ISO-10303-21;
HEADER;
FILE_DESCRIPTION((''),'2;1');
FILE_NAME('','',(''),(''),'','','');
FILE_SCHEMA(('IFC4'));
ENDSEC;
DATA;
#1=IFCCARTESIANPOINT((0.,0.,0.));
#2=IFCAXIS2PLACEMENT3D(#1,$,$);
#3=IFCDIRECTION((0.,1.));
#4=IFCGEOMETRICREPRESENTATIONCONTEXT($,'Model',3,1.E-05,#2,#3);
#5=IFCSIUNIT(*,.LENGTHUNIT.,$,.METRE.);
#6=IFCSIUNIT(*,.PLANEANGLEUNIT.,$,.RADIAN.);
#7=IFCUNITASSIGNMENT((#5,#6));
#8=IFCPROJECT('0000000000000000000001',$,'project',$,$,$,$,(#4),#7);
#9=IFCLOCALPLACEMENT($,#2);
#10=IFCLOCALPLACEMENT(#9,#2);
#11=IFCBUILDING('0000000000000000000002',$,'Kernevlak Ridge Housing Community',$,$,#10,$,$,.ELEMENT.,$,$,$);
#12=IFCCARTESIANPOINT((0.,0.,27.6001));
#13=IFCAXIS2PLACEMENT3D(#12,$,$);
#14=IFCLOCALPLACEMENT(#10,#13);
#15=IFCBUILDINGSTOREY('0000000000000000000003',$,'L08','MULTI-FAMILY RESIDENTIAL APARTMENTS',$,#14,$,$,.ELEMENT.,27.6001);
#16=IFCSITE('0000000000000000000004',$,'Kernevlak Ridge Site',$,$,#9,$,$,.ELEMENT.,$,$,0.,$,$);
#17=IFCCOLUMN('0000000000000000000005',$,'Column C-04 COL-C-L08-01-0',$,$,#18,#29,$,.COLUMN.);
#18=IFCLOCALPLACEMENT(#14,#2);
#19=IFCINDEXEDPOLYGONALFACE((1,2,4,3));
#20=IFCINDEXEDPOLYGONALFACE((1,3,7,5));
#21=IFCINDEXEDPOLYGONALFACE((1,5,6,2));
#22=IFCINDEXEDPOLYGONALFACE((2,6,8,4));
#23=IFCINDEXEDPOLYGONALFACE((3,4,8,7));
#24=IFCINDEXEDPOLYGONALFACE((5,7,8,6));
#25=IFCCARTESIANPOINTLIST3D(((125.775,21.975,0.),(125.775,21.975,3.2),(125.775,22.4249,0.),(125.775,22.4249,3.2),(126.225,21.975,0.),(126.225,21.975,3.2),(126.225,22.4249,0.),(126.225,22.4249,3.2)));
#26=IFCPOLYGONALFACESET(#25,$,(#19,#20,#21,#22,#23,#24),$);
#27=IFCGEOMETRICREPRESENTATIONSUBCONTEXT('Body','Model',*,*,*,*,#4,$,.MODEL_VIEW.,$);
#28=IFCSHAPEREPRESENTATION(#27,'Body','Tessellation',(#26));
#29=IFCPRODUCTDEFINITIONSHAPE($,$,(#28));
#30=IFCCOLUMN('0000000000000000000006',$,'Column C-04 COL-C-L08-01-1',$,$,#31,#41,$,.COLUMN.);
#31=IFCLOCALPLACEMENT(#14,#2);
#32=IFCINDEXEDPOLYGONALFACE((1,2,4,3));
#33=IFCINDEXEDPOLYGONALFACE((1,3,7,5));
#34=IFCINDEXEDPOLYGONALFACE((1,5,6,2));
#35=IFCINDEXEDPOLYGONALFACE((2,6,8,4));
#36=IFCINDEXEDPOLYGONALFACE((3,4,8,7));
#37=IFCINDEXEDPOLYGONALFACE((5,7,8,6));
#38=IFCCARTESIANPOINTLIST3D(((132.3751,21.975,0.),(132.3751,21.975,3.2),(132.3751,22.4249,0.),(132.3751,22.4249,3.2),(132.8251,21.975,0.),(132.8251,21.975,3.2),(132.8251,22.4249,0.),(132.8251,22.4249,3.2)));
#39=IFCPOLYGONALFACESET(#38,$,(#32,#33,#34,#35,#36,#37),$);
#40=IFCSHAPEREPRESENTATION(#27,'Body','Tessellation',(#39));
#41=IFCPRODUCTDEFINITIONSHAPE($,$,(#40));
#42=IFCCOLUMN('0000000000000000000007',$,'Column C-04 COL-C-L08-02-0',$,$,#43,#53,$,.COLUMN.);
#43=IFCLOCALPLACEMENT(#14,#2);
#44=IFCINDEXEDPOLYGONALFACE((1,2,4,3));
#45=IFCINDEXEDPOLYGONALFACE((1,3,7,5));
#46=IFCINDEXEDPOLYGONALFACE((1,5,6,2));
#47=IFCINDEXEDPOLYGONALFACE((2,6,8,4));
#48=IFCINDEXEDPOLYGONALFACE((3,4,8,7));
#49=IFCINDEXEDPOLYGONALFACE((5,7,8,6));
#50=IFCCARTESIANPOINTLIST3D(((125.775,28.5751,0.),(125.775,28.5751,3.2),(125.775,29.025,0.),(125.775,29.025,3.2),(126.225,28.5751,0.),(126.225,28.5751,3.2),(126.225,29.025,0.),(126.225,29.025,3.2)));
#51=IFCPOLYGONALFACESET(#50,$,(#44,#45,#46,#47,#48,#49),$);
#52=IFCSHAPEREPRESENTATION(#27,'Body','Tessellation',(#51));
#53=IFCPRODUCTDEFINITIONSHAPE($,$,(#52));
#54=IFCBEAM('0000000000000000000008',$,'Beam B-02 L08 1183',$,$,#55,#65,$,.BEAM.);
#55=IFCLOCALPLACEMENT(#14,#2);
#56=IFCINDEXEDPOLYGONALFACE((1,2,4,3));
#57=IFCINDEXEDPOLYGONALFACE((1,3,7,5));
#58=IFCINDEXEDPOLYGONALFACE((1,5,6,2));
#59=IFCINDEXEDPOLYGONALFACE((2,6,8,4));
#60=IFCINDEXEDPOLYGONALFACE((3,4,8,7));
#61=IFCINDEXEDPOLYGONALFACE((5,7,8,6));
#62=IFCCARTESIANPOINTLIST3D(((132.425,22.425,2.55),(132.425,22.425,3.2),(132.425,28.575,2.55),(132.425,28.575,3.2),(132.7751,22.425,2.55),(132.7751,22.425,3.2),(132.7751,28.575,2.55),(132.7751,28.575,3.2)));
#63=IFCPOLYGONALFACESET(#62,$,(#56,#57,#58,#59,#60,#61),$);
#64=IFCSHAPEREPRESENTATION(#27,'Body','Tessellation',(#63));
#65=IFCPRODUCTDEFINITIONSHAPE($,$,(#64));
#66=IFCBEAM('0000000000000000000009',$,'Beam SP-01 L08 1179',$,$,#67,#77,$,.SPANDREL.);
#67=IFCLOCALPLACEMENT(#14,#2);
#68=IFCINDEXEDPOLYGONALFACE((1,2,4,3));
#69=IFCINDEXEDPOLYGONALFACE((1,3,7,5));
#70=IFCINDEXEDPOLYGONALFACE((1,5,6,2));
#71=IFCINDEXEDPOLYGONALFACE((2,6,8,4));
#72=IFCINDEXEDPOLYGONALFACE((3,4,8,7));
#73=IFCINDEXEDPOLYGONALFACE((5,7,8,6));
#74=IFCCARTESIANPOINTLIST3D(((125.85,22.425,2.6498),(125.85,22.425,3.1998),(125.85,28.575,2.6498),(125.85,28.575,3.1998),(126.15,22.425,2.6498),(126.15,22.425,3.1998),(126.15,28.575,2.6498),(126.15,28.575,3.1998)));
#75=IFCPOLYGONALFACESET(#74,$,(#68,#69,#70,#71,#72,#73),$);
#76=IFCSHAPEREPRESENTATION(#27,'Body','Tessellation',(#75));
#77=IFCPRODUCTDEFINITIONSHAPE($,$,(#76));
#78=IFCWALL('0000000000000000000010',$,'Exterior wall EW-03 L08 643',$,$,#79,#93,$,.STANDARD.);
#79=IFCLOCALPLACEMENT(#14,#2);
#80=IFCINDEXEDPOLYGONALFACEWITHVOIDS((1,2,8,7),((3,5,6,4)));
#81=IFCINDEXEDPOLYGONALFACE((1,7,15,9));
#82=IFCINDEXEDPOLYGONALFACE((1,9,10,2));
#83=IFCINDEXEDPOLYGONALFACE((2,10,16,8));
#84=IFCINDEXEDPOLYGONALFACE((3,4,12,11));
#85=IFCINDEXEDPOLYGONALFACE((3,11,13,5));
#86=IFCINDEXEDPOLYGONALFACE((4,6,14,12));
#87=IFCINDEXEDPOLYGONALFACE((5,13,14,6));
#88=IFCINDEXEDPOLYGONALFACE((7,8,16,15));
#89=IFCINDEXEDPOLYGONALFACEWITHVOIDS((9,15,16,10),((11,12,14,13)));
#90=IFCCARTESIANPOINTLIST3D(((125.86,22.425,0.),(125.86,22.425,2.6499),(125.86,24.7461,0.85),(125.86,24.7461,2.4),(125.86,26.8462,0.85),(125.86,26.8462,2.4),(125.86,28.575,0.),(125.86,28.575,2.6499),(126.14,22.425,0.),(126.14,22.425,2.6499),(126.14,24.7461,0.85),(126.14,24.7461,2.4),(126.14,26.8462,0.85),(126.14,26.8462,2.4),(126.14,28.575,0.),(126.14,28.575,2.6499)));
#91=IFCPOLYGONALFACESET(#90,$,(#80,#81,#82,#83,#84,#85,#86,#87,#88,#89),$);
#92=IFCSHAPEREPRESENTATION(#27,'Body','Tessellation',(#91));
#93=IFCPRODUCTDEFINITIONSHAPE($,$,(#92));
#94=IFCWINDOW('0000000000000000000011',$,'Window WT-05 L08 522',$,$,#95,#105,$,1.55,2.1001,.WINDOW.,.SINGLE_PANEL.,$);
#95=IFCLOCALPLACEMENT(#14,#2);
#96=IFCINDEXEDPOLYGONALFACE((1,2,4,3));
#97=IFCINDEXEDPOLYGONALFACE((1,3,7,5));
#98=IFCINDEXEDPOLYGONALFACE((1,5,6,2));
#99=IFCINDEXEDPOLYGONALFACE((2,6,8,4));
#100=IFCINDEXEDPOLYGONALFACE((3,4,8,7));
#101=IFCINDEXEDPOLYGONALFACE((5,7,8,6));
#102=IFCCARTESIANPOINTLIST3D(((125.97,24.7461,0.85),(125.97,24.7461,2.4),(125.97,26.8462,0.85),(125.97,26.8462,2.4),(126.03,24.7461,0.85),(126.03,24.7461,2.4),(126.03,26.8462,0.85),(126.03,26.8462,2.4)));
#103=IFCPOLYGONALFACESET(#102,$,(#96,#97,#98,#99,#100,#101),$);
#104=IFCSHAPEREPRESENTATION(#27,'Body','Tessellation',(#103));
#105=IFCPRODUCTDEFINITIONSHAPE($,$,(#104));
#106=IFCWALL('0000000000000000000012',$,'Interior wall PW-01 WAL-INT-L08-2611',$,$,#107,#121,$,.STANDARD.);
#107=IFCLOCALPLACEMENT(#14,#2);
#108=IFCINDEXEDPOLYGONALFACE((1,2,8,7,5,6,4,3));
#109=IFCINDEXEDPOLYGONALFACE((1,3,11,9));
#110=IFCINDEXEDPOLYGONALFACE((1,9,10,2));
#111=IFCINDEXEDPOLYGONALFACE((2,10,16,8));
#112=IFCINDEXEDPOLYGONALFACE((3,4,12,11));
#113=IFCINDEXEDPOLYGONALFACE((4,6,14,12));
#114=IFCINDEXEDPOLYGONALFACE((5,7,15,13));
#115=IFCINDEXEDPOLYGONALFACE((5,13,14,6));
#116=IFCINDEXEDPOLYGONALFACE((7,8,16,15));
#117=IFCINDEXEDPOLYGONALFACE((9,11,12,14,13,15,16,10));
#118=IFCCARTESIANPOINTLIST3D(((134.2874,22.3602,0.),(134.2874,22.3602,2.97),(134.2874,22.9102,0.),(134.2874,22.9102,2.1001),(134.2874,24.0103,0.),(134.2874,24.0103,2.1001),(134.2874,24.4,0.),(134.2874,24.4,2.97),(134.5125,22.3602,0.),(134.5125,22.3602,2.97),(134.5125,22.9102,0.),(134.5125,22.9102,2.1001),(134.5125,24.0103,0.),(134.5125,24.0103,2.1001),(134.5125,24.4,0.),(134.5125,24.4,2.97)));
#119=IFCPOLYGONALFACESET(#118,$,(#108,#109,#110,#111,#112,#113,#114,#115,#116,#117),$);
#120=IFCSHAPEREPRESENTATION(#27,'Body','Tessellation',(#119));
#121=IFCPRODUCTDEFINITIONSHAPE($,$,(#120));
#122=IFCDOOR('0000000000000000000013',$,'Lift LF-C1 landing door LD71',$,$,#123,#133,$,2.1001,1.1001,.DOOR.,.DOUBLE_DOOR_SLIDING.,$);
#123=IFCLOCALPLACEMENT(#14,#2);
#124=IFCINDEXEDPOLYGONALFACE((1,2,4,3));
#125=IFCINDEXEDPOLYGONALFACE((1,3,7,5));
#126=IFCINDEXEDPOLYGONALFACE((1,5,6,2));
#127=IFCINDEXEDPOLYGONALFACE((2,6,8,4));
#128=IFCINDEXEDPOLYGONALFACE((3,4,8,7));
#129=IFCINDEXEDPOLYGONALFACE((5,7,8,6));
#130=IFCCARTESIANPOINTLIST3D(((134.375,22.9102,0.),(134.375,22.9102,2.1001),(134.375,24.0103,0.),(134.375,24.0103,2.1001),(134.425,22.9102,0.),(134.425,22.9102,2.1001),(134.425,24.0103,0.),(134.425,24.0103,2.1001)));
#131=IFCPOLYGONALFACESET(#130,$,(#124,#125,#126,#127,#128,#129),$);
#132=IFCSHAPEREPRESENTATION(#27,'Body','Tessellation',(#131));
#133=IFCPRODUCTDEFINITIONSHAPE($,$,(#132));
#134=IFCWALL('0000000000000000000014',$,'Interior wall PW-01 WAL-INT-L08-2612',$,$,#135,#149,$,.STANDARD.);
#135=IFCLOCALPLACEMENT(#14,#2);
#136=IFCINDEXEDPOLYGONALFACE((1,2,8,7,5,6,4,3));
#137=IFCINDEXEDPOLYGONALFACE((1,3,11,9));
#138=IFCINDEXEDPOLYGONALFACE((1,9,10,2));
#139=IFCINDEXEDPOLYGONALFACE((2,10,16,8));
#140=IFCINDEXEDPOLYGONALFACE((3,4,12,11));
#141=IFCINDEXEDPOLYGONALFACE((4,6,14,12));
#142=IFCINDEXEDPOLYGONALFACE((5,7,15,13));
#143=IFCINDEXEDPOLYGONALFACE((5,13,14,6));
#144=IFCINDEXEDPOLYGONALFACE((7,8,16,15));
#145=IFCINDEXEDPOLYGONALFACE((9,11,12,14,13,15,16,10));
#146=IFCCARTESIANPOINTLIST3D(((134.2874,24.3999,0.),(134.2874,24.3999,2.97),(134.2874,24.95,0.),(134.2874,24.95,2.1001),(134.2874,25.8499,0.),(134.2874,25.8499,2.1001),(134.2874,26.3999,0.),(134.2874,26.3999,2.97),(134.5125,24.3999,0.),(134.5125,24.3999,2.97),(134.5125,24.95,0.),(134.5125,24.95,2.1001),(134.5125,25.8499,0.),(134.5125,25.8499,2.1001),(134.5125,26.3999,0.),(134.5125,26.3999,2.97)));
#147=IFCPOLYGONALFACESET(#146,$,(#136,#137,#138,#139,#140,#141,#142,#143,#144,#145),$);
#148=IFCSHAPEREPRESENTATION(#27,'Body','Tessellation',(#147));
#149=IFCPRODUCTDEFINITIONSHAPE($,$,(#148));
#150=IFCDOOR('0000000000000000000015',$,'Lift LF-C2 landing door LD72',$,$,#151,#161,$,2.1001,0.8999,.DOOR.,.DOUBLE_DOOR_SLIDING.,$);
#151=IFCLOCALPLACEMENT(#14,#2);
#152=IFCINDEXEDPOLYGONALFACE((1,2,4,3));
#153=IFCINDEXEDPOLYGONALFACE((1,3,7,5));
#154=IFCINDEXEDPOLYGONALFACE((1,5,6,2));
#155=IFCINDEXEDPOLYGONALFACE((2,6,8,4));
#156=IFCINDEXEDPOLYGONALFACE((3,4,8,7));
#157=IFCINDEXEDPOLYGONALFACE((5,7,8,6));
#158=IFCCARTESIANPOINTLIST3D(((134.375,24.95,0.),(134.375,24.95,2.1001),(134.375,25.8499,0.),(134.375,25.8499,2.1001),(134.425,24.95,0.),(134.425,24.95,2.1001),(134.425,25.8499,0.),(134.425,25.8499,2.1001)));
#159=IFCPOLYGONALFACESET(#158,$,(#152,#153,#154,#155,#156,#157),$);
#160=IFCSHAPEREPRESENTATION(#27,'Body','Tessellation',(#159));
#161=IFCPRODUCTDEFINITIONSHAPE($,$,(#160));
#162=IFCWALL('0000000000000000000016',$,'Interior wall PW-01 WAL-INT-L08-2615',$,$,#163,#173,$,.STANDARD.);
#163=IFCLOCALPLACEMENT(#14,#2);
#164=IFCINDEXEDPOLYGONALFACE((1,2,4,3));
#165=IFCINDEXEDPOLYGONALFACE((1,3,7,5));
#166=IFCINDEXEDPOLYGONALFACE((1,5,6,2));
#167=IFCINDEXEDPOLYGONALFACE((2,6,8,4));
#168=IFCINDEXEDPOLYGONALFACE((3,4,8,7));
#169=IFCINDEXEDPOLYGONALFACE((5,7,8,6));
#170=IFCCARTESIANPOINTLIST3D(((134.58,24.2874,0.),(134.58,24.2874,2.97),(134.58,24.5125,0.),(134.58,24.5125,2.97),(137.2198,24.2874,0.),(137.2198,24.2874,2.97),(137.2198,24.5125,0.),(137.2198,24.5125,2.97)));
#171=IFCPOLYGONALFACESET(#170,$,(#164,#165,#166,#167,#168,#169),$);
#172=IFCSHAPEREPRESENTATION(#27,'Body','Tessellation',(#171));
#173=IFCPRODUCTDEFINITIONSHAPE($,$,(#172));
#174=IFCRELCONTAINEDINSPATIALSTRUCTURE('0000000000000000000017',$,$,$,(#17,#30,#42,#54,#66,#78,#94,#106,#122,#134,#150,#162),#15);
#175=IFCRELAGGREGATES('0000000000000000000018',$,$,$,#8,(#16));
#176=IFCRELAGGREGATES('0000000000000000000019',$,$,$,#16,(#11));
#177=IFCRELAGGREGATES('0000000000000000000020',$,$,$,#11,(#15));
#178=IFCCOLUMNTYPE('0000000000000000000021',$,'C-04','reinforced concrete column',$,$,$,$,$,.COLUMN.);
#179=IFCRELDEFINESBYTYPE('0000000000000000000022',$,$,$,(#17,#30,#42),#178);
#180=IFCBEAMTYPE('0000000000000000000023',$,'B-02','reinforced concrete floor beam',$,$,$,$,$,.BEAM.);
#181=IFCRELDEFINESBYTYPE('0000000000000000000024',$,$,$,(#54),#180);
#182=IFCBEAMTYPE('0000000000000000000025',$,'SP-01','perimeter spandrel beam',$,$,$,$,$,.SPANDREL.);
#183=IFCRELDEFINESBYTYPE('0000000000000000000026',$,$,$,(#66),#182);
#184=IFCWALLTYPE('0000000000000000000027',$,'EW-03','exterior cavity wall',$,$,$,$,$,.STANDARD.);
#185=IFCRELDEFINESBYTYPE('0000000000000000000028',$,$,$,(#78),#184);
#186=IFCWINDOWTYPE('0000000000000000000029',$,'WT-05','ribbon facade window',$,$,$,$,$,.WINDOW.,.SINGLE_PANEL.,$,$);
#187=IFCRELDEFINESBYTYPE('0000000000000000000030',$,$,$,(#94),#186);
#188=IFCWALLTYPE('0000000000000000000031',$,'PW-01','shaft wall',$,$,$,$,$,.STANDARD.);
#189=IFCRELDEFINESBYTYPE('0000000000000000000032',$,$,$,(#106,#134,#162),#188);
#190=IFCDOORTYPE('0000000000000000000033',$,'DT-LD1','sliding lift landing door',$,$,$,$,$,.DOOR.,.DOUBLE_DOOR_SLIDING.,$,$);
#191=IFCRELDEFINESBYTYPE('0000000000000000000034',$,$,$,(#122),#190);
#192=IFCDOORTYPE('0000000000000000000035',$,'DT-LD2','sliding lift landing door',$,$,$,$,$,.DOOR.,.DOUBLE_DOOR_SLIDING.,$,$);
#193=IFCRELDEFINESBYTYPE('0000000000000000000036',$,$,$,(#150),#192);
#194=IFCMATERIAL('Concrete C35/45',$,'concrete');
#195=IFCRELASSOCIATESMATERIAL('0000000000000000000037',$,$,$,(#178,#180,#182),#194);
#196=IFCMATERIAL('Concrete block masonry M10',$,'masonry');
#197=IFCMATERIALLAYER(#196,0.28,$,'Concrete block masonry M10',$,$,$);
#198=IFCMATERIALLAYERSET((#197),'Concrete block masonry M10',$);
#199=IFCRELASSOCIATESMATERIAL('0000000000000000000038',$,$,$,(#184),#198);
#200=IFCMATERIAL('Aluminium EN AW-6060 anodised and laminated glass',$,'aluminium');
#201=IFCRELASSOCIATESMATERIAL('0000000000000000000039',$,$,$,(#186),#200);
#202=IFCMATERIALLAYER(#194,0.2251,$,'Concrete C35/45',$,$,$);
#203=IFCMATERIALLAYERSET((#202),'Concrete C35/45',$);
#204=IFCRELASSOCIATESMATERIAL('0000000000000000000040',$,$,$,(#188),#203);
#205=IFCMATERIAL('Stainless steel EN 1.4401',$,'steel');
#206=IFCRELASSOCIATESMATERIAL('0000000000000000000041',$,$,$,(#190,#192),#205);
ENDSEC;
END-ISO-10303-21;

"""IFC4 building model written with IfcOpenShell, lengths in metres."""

from ifc_helpers import new_model, si_unit, direction, frame, frame_2d, origin, origin_2d, place, context, subcontext, project, spatial, rectangle, extrude, material, layer, layer_set, material_profile, profile_set, type_object, element, fill, save


model = new_model("IFC4")

# Units and contexts
model_context = context("Model", 3, precision=1e-05, world=origin(), true_north=direction((0.0, 1.0)))
body_context = subcontext(model_context, "Body", "Model", "MODEL_VIEW")
ifc_project = project(units=[si_unit("LENGTHUNIT", "METRE"), si_unit("PLANEANGLEUNIT", "RADIAN")], contexts=[model_context])

# Site, building, storey
site_placement = place(None, origin())
site = spatial("IfcSite", under=ifc_project, at=site_placement, Name="Kernevlak Ridge Site", CompositionType="ELEMENT", RefElevation=0.0)
building_placement = place(site_placement, origin())
building = spatial("IfcBuilding", under=site, at=building_placement, Name="Kernevlak Ridge Housing Community", CompositionType="ELEMENT")
storey_placement = place(building_placement, frame((0.0, 0.0, 27.6001)))
storey = spatial("IfcBuildingStorey", under=building, at=storey_placement, Name="L08", Description="MULTI-FAMILY RESIDENTIAL APARTMENTS", CompositionType="ELEMENT", Elevation=27.6001)

# Columns
ifc_material_1 = material(Name="Concrete C35/45", Category="concrete")
ifc_material_profile_1 = material_profile(ifc_material_1, rectangle(XDim=0.45, YDim=0.45, at=origin_2d()), Name="RC 450x450")
ifc_profile_set_1 = profile_set([ifc_material_profile_1], Name="Concrete C35/45")
column_type = type_object("IfcColumnType", Name="C-04", Description="reinforced concrete column", PredefinedType="COLUMN", material=ifc_profile_set_1)
for number, where, z_axis, x_axis, name in (
    (1, (126.0, 22.2, 0.0), (0.0, 0.0, 1.0), (1.0, 0.0, 0.0), "Column C-04 COL-C-L08-01-0"),
    (2, (132.6001, 22.2, 0.0), (0.0, 0.0, 1.0), (1.0, 0.0, 0.0), "Column C-04 COL-C-L08-01-1"),
    (3, (126.0, 28.8, 0.0), (0.0, 0.0, 1.0), (1.0, 0.0, 0.0), "Column C-04 COL-C-L08-02-0"),
):
    element("IfcColumn", number, at=place(storey_placement, frame(where, z_axis=z_axis, x_axis=x_axis)), inside=storey, type_object=column_type, Name=name, PredefinedType="COLUMN", context=body_context, shape_type="SweptSolid", body=[
        extrude(rectangle(XDim=0.45, YDim=0.45, at=origin_2d()), origin(), (0.0, 0.0, 1.0), 3.2),
    ])

# Beams
ifc_material_profile_2 = material_profile(ifc_material_1, rectangle(XDim=0.3501, YDim=0.6499, at=origin_2d()), Name="RC 350x650")
ifc_profile_set_2 = profile_set([ifc_material_profile_2], Name="Concrete C35/45")
beam_type_1 = type_object("IfcBeamType", Name="B-02", Description="reinforced concrete floor beam", PredefinedType="BEAM", material=ifc_profile_set_2)
beam_1_placement = place(storey_placement, frame((132.6001, 22.425, 2.875), z_axis=(0.0, 1.0, 0.0), x_axis=(-1.0, 0.0, 0.0)))
element("IfcBeam", 4, at=beam_1_placement, inside=storey, type_object=beam_type_1, Name="Beam B-02 L08 1183", PredefinedType="BEAM", context=body_context, shape_type="SweptSolid", body=[
    extrude(rectangle(XDim=0.3501, YDim=0.6499, at=origin_2d()), origin(), (0.0, 0.0, 1.0), 6.1499),
])
ifc_material_profile_3 = material_profile(ifc_material_1, rectangle(XDim=0.3, YDim=0.55, at=origin_2d()), Name="RC 300x550")
ifc_profile_set_3 = profile_set([ifc_material_profile_3], Name="Concrete C35/45")
beam_type_2 = type_object("IfcBeamType", Name="SP-01", Description="perimeter spandrel beam", PredefinedType="SPANDREL", material=ifc_profile_set_3)
beam_2_placement = place(storey_placement, frame((126.0, 22.425, 2.9248), z_axis=(0.0, 1.0, 0.0), x_axis=(-1.0, 0.0, 0.0)))
element("IfcBeam", 5, at=beam_2_placement, inside=storey, type_object=beam_type_2, Name="Beam SP-01 L08 1179", PredefinedType="SPANDREL", context=body_context, shape_type="SweptSolid", body=[
    extrude(rectangle(XDim=0.3, YDim=0.55, at=origin_2d()), origin(), (0.0, 0.0, 1.0), 6.1499),
])

# Wall, opening, window
ifc_material_2 = material(Name="Concrete block masonry M10", Category="masonry")
ifc_layer_1 = layer(ifc_material_2, 0.28, Name="Concrete block masonry M10")
ifc_layer_set_1 = layer_set([ifc_layer_1], Name="Concrete block masonry M10")
wall_type_1 = type_object("IfcWallType", Name="EW-03", Description="exterior cavity wall", PredefinedType="STANDARD", material=ifc_layer_set_1)
wall_1_placement = place(storey_placement, frame((126.0, 22.425, 0.0), z_axis=(0.0, 0.0, 1.0), x_axis=(0.0, 1.0, 0.0)))
wall_1 = element("IfcWall", 6, at=wall_1_placement, inside=storey, type_object=wall_type_1, Name="Exterior wall EW-03 L08 643", PredefinedType="STANDARD", context=body_context, shape_type="SweptSolid", body=[
    extrude(rectangle(XDim=6.1499, YDim=0.28, at=frame_2d((3.075, 0.0))), origin(), (0.0, 0.0, 1.0), 2.6499),
])
opening_1_placement = place(wall_1_placement, frame((2.321, 0.0, 0.8501)))
opening_1 = element("IfcOpeningElement", 7, at=opening_1_placement, cuts=wall_1, PredefinedType="OPENING", context=body_context, shape_type="SweptSolid", body=[
    extrude(rectangle(XDim=2.1001, YDim=1.55, at=frame_2d((1.05, 0.7749))), frame((0.0, 0.1499, 0.0), z_axis=(0.0, -1.0, 0.0), x_axis=(1.0, 0.0, 0.0)), (0.0, 0.0, 1.0), 0.3),
])
ifc_material_3 = material(Name="Aluminium EN AW-6060 anodised and laminated glass", Category="aluminium")
window_type = type_object("IfcWindowType", Name="WT-05", Description="ribbon facade window", PartitioningType="SINGLE_PANEL", PredefinedType="WINDOW", material=ifc_material_3)
window_placement = place(opening_1_placement, origin())
window = element("IfcWindow", 8, at=window_placement, inside=storey, type_object=window_type, Name="Window WT-05 L08 522", OverallHeight=1.55, OverallWidth=2.1001, PartitioningType="SINGLE_PANEL", PredefinedType="WINDOW", context=body_context, shape_type="SweptSolid", body=[
    extrude(rectangle(XDim=2.1001, YDim=1.55, at=frame_2d((1.05, 0.7749))), frame((0.0, 0.03, 0.0), z_axis=(0.0, -1.0, 0.0), x_axis=(1.0, 0.0, 0.0)), (0.0, 0.0, 1.0), 0.0601),
])
fill(opening_1, window)

# Walls, openings, doors
ifc_layer_2 = layer(ifc_material_1, 0.2251, Name="Concrete C35/45")
ifc_layer_set_2 = layer_set([ifc_layer_2], Name="Concrete C35/45")
wall_type_2 = type_object("IfcWallType", Name="PW-01", Description="shaft wall", PredefinedType="STANDARD", material=ifc_layer_set_2)
wall_2_placement = place(storey_placement, frame((134.3999, 22.3601, 0.0), z_axis=(0.0, 0.0, 1.0), x_axis=(0.0, 1.0, 0.0)))
wall_2 = element("IfcWall", 9, at=wall_2_placement, inside=storey, type_object=wall_type_2, Name="Interior wall PW-01 WAL-INT-L08-2611", PredefinedType="STANDARD", context=body_context, shape_type="SweptSolid", body=[
    extrude(rectangle(XDim=2.0398, YDim=0.2251, at=frame_2d((1.02, 0.0))), origin(), (0.0, 0.0, 1.0), 2.97),
])
opening_2_placement = place(wall_2_placement, frame((0.55, 0.0, 0.0)))
opening_2 = element("IfcOpeningElement", 10, at=opening_2_placement, cuts=wall_2, PredefinedType="OPENING", context=body_context, shape_type="SweptSolid", body=[
    extrude(rectangle(XDim=1.1001, YDim=2.1001, at=frame_2d((0.55, 1.05))), frame((0.0, 0.1226, 0.0), z_axis=(0.0, -1.0, 0.0), x_axis=(1.0, 0.0, 0.0)), (0.0, 0.0, 1.0), 0.2451),
])
ifc_material_4 = material(Name="Stainless steel EN 1.4401", Category="steel")
door_type_1 = type_object("IfcDoorType", Name="DT-LD1", Description="sliding lift landing door", OperationType="DOUBLE_DOOR_SLIDING", PredefinedType="DOOR", material=ifc_material_4)
door_1_placement = place(opening_2_placement, origin())
door_1 = element("IfcDoor", 11, at=door_1_placement, inside=storey, type_object=door_type_1, Name="Lift LF-C1 landing door LD71", OperationType="DOUBLE_DOOR_SLIDING", OverallHeight=2.1001, OverallWidth=1.1001, PredefinedType="DOOR", context=body_context, shape_type="SweptSolid", body=[
    extrude(rectangle(XDim=1.1001, YDim=2.1001, at=frame_2d((0.55, 1.05))), frame((0.0, 0.0249, 0.0), z_axis=(0.0, -1.0, 0.0), x_axis=(1.0, 0.0, 0.0)), (0.0, 0.0, 1.0), 0.05),
])
fill(opening_2, door_1)
wall_3_placement = place(storey_placement, frame((134.3999, 24.3999, 0.0), z_axis=(0.0, 0.0, 1.0), x_axis=(0.0, 1.0, 0.0)))
wall_3 = element("IfcWall", 12, at=wall_3_placement, inside=storey, type_object=wall_type_2, Name="Interior wall PW-01 WAL-INT-L08-2612", PredefinedType="STANDARD", context=body_context, shape_type="SweptSolid", body=[
    extrude(rectangle(XDim=2.0, YDim=0.2251, at=frame_2d((1.0, 0.0))), origin(), (0.0, 0.0, 1.0), 2.97),
])
opening_3_placement = place(wall_3_placement, frame((0.55, 0.0, 0.0)))
opening_3 = element("IfcOpeningElement", 13, at=opening_3_placement, cuts=wall_3, PredefinedType="OPENING", context=body_context, shape_type="SweptSolid", body=[
    extrude(rectangle(XDim=0.8999, YDim=2.1001, at=frame_2d((0.45, 1.05))), frame((0.0, 0.1226, 0.0), z_axis=(0.0, -1.0, 0.0), x_axis=(1.0, 0.0, 0.0)), (0.0, 0.0, 1.0), 0.2451),
])
door_type_2 = type_object("IfcDoorType", Name="DT-LD2", Description="sliding lift landing door", OperationType="DOUBLE_DOOR_SLIDING", PredefinedType="DOOR", material=ifc_material_4)
door_2_placement = place(opening_3_placement, origin())
door_2 = element("IfcDoor", 14, at=door_2_placement, inside=storey, type_object=door_type_2, Name="Lift LF-C2 landing door LD72", OperationType="DOUBLE_DOOR_SLIDING", OverallHeight=2.1001, OverallWidth=0.8999, PredefinedType="DOOR", context=body_context, shape_type="SweptSolid", body=[
    extrude(rectangle(XDim=0.8999, YDim=2.1001, at=frame_2d((0.45, 1.05))), frame((0.0, 0.0249, 0.0), z_axis=(0.0, -1.0, 0.0), x_axis=(1.0, 0.0, 0.0)), (0.0, 0.0, 1.0), 0.05),
])
fill(opening_3, door_2)

# Wall
for number, where, z_axis, x_axis, name in (
    (15, (134.5801, 24.3999, 0.0), (0.0, 0.0, 1.0), (1.0, 0.0, 0.0), "Interior wall PW-01 WAL-INT-L08-2615"),
):
    element("IfcWall", number, at=place(storey_placement, frame(where, z_axis=z_axis, x_axis=x_axis)), inside=storey, type_object=wall_type_2, Name=name, PredefinedType="STANDARD", context=body_context, shape_type="SweptSolid", body=[
        extrude(rectangle(XDim=2.6399, YDim=0.2251, at=frame_2d((1.3198, 0.0))), origin(), (0.0, 0.0, 1.0), 2.97),
    ])

save(model, "model.ifc")
